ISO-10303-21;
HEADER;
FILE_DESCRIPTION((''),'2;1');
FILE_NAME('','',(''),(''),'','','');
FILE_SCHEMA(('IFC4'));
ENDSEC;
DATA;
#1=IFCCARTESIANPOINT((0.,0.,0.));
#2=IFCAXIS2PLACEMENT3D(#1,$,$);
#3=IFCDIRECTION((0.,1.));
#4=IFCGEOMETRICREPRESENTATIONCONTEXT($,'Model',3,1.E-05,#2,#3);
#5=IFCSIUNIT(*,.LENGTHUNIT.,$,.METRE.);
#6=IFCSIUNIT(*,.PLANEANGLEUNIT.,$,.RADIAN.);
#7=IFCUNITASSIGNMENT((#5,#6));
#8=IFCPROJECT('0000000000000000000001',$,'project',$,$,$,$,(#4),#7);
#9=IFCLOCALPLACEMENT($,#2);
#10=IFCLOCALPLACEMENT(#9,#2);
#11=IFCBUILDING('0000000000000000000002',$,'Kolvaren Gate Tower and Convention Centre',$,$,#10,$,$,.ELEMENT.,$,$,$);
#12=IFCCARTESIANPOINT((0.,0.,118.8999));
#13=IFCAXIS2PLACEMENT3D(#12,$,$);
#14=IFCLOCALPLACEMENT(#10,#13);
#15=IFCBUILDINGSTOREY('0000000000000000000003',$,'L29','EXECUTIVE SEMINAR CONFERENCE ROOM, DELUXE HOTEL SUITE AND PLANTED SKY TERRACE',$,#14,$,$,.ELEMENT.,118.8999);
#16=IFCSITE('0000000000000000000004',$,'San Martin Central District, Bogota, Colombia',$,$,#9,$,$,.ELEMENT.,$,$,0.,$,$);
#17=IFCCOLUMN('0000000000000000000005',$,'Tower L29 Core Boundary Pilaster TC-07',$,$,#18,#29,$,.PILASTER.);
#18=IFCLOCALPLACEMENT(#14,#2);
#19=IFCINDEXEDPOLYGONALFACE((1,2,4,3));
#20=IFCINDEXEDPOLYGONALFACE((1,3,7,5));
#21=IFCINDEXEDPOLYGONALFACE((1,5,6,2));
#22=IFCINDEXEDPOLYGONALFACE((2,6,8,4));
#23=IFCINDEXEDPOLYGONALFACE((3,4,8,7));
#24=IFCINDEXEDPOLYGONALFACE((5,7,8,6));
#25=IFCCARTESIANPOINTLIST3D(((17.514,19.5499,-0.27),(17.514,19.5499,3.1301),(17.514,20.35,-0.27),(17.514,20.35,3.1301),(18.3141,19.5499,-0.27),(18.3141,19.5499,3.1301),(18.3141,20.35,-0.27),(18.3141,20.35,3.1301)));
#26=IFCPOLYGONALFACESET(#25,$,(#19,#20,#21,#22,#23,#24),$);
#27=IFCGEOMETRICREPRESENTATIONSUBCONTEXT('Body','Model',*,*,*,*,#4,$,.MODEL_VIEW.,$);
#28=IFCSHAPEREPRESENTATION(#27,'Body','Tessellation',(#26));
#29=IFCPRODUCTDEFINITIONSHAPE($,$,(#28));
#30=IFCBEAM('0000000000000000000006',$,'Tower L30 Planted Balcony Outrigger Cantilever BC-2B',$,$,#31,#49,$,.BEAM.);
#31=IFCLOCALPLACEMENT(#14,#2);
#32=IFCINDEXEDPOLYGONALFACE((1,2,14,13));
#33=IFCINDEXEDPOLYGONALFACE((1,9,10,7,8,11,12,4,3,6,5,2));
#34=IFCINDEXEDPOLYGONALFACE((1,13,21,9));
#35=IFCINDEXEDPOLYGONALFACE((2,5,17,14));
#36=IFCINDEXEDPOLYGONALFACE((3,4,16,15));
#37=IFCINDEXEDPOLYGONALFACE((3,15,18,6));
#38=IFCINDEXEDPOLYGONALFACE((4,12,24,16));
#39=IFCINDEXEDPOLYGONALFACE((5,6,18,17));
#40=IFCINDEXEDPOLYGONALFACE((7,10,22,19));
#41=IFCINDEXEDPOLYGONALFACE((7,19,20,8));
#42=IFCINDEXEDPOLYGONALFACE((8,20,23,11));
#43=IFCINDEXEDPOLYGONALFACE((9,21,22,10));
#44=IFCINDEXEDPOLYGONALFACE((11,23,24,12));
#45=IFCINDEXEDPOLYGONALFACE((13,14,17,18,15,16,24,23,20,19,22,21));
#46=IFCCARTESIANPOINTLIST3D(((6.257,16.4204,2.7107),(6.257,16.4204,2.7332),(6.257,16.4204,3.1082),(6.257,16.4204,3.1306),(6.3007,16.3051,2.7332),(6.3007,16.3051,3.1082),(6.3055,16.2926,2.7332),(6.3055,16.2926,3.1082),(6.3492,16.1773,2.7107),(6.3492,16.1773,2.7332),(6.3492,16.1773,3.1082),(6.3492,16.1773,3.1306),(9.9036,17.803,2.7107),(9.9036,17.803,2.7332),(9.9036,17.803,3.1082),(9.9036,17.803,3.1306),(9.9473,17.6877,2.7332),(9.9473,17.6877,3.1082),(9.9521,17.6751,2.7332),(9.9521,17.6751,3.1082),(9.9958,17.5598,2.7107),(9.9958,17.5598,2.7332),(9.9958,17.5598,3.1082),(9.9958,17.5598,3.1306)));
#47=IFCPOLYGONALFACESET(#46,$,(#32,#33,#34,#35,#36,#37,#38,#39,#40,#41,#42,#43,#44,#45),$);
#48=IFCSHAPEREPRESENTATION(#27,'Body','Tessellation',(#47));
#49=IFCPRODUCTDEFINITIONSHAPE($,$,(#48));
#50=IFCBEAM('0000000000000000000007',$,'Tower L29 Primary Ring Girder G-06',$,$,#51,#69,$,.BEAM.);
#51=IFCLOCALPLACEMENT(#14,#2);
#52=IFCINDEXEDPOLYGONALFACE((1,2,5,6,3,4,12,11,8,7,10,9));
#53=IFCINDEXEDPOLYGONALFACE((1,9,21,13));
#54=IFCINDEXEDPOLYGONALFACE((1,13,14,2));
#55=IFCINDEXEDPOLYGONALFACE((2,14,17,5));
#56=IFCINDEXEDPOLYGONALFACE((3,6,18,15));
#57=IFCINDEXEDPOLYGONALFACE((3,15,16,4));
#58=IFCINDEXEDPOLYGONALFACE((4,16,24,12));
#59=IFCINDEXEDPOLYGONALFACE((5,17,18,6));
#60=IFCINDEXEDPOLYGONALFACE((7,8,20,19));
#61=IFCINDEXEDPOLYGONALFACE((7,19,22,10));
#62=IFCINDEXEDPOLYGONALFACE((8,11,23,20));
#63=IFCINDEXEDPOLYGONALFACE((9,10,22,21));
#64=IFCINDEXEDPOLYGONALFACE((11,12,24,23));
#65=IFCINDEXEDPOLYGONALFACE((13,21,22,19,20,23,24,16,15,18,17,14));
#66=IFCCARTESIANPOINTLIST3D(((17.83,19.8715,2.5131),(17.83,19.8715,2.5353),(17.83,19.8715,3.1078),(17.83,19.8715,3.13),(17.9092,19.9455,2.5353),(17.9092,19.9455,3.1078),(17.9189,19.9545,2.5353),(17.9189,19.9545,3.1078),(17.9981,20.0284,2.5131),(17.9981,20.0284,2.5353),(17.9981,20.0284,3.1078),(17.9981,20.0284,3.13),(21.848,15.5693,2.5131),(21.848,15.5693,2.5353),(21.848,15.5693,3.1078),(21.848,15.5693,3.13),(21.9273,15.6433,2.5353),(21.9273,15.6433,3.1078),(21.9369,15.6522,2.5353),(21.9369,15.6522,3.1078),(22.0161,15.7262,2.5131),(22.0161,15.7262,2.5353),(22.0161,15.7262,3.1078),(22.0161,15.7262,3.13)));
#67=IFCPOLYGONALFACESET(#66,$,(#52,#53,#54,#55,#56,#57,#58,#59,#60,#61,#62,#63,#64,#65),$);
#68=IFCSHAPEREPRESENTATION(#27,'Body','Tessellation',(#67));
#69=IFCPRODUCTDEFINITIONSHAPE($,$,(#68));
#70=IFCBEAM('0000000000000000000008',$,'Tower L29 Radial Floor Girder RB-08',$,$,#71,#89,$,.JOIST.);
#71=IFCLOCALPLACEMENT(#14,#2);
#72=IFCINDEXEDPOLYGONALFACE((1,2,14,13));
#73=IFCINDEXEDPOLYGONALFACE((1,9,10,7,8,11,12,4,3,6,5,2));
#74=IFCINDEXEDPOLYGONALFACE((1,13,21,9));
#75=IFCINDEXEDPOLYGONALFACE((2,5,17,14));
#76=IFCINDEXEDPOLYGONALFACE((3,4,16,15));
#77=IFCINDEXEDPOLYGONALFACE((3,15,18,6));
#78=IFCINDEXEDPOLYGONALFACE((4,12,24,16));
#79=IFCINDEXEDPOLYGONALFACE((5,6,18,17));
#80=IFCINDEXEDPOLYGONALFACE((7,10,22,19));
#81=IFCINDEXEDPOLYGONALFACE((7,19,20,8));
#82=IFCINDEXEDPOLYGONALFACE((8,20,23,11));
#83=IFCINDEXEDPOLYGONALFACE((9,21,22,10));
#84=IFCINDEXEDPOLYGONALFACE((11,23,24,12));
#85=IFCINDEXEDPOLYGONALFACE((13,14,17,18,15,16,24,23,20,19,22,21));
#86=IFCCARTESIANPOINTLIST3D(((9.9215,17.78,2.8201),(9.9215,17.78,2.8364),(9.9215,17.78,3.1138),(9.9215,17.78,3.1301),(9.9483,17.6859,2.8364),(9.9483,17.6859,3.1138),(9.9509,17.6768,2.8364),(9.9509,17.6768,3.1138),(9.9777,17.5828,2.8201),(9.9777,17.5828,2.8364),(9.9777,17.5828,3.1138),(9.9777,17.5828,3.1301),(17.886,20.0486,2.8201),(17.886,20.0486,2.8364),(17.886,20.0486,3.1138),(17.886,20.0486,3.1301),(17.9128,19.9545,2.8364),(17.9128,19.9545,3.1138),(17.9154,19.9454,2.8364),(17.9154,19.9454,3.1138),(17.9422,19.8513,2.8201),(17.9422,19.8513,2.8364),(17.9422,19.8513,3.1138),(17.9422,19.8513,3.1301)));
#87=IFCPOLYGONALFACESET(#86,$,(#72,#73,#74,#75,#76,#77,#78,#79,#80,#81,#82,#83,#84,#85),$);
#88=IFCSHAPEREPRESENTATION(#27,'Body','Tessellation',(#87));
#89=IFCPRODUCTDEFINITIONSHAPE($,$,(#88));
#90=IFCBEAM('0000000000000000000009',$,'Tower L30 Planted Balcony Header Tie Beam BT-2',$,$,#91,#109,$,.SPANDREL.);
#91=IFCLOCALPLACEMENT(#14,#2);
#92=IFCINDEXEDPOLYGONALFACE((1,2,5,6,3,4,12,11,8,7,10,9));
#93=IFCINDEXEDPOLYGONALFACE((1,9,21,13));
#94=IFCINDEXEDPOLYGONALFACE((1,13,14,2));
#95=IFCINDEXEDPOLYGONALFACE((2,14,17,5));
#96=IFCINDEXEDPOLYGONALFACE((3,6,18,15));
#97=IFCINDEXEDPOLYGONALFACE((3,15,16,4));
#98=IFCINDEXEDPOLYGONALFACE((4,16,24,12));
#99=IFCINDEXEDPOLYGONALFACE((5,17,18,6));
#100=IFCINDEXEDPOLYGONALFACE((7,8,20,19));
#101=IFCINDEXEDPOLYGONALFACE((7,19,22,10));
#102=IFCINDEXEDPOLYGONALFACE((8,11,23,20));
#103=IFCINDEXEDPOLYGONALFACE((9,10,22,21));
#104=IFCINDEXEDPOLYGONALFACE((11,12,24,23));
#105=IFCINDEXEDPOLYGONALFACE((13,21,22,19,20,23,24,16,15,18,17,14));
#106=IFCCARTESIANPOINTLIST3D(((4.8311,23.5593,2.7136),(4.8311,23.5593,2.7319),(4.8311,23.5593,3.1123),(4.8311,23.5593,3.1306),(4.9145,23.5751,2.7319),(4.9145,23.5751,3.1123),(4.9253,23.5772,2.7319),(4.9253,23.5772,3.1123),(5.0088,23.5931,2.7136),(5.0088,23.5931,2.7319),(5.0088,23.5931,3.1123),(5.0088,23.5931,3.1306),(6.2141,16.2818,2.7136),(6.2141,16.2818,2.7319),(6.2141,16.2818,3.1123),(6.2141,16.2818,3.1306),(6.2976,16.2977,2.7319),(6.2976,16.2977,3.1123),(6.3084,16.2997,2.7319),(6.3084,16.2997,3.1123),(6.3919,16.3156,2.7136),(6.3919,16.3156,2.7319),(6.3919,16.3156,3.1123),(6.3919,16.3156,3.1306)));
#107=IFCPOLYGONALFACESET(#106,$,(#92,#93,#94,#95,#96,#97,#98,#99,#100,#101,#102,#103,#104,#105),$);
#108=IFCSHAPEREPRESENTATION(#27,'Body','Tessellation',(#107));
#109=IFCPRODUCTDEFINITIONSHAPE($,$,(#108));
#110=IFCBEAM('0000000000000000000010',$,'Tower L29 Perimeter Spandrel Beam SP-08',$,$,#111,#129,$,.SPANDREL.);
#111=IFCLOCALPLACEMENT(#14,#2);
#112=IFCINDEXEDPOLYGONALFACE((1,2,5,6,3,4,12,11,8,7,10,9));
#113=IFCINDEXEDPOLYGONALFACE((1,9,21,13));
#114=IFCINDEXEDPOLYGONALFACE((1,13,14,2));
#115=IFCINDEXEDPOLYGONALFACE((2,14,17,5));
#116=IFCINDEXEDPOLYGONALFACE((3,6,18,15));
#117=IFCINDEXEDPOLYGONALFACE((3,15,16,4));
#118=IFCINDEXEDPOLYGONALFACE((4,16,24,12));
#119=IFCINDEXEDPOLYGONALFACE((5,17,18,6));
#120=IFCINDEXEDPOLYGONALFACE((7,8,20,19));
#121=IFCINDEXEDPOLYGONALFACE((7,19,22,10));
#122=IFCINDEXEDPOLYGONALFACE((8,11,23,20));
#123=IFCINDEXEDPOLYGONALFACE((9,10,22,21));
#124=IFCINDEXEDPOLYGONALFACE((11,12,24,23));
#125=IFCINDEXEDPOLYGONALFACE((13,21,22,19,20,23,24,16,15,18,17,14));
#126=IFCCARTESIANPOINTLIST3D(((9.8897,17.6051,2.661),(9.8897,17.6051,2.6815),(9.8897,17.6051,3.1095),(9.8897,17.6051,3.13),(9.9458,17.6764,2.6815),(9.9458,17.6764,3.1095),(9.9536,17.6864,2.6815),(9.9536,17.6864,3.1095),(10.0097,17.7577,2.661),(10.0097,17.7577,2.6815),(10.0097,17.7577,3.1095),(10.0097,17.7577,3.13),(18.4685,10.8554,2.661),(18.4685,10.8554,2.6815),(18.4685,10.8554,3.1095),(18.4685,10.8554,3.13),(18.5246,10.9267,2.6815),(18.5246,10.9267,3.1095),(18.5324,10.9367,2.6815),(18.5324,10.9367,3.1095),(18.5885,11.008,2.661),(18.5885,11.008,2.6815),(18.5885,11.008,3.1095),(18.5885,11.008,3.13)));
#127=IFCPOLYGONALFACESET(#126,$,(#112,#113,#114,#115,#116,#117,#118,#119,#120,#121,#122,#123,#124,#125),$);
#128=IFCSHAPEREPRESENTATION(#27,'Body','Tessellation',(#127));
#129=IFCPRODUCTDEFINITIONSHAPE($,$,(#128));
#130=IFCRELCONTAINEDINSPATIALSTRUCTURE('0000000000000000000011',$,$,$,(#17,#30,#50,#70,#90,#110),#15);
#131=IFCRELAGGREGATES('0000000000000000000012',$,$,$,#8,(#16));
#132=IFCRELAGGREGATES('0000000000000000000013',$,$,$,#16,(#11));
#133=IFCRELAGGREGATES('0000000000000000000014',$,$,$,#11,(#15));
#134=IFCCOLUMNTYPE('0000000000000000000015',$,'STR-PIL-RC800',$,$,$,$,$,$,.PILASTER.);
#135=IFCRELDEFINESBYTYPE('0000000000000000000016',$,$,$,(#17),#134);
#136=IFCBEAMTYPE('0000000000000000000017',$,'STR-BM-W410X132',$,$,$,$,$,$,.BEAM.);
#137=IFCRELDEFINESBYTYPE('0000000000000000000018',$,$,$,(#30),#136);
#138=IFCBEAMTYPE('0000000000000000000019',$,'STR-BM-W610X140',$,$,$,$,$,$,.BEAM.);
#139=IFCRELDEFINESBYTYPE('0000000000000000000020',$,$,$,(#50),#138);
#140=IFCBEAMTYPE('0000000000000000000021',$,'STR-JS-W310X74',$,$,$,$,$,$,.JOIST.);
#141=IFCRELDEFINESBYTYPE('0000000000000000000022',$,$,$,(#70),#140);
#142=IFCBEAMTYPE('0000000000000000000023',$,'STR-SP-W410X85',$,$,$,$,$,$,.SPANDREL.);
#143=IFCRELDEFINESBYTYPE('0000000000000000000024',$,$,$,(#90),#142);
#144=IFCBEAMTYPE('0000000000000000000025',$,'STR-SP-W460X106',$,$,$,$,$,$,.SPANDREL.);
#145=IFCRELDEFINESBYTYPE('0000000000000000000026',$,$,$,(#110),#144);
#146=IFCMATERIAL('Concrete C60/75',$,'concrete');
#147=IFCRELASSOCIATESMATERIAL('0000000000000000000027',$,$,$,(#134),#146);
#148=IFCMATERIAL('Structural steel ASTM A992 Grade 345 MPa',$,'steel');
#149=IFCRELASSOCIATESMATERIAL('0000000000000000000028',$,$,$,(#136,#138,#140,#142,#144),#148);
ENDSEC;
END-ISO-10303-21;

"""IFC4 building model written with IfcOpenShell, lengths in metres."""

from ifc_helpers import new_model, si_unit, direction, frame, origin, origin_2d, place, context, subcontext, project, spatial, rectangle, i_section, extrude, material, material_profile, profile_set, type_object, element, save


model = new_model("IFC4")

# Units and contexts
model_context = context("Model", 3, precision=1e-05, world=origin(), true_north=direction((0.0, 1.0)))
body_context = subcontext(model_context, "Body", "Model", "MODEL_VIEW")
ifc_project = project(units=[si_unit("LENGTHUNIT", "METRE"), si_unit("PLANEANGLEUNIT", "RADIAN")], contexts=[model_context])

# Site, building, storey
site_placement = place(None, origin())
site = spatial("IfcSite", under=ifc_project, at=site_placement, Name="San Martin Central District, Bogota, Colombia", CompositionType="ELEMENT", RefElevation=0.0)
building_placement = place(site_placement, origin())
building = spatial("IfcBuilding", under=site, at=building_placement, Name="Kolvaren Gate Tower and Convention Centre", CompositionType="ELEMENT")
storey_placement = place(building_placement, frame((0.0, 0.0, 118.8999)))
storey = spatial("IfcBuildingStorey", under=building, at=storey_placement, Name="L29", Description="EXECUTIVE SEMINAR CONFERENCE ROOM, DELUXE HOTEL SUITE AND PLANTED SKY TERRACE", CompositionType="ELEMENT", Elevation=118.8999)

# Column
ifc_material_1 = material(Name="Concrete C60/75", Category="concrete")
ifc_material_profile_1 = material_profile(ifc_material_1, rectangle(XDim=0.8, YDim=0.8, at=origin_2d()), Name="RC-COL-800X800")
ifc_profile_set_1 = profile_set([ifc_material_profile_1], Name="Concrete C60/75")
column_type = type_object("IfcColumnType", Name="STR-PIL-RC800", PredefinedType="PILASTER", material=ifc_profile_set_1)
column_placement = place(storey_placement, frame((17.9141, 19.95, -0.27), z_axis=(0.0, 0.0, 1.0), x_axis=(1.0, 0.0, 0.0)))
element("IfcColumn", 1, at=column_placement, inside=storey, type_object=column_type, Name="Tower L29 Core Boundary Pilaster TC-07", PredefinedType="PILASTER", context=body_context, shape_type="SweptSolid", body=[
    extrude(rectangle(XDim=0.8, YDim=0.8, at=origin_2d()), origin(), (0.0, 0.0, 1.0), 3.4001),
])

# Beams
ifc_material_2 = material(Name="Structural steel ASTM A992 Grade 345 MPa", Category="steel")
ifc_material_profile_2 = material_profile(ifc_material_2, i_section(OverallWidth=0.26, OverallDepth=0.4199, WebThickness=0.0134, FlangeThickness=0.0225, at=origin_2d()), Name="W410X132")
ifc_profile_set_2 = profile_set([ifc_material_profile_2], Name="Structural steel ASTM A992 Grade 345 MPa")
beam_type_1 = type_object("IfcBeamType", Name="STR-BM-W410X132", PredefinedType="BEAM", material=ifc_profile_set_2)
beam_1_placement = place(storey_placement, frame((9.9497, 17.6814, 2.9207), z_axis=(-0.935055, -0.354503, 0.0), x_axis=(0.354503, -0.935055, 0.0)))
element("IfcBeam", 2, at=beam_1_placement, inside=storey, type_object=beam_type_1, Name="Tower L30 Planted Balcony Outrigger Cantilever BC-2B", PredefinedType="BEAM", context=body_context, shape_type="SweptSolid", body=[
    extrude(i_section(OverallWidth=0.26, OverallDepth=0.4199, WebThickness=0.0134, FlangeThickness=0.0225, at=origin_2d()), origin(), (0.0, 0.0, 1.0), 3.8999),
])
ifc_material_profile_3 = material_profile(ifc_material_2, i_section(OverallWidth=0.23, OverallDepth=0.6169, WebThickness=0.0132, FlangeThickness=0.0222, at=origin_2d()), Name="W610X140")
ifc_profile_set_3 = profile_set([ifc_material_profile_3], Name="Structural steel ASTM A992 Grade 345 MPa")
beam_type_2 = type_object("IfcBeamType", Name="STR-BM-W610X140", PredefinedType="BEAM", material=ifc_profile_set_3)
beam_2_placement = place(storey_placement, frame((17.9141, 19.95, 2.8215), z_axis=(0.682558, -0.730832, 0.0), x_axis=(0.730832, 0.682558, 0.0)))
element("IfcBeam", 3, at=beam_2_placement, inside=storey, type_object=beam_type_2, Name="Tower L29 Primary Ring Girder G-06", PredefinedType="BEAM", context=body_context, shape_type="SweptSolid", body=[
    extrude(i_section(OverallWidth=0.23, OverallDepth=0.6169, WebThickness=0.0132, FlangeThickness=0.0222, at=origin_2d()), origin(), (0.0, 0.0, 1.0), 5.8867),
])
ifc_material_profile_4 = material_profile(ifc_material_2, i_section(OverallWidth=0.2051, OverallDepth=0.3101, WebThickness=0.0095, FlangeThickness=0.0164, at=origin_2d()), Name="W310X74")
ifc_profile_set_4 = profile_set([ifc_material_profile_4], Name="Structural steel ASTM A992 Grade 345 MPa")
beam_type_3 = type_object("IfcBeamType", Name="STR-JS-W310X74", PredefinedType="JOIST", material=ifc_profile_set_4)
beam_3_placement = place(storey_placement, frame((17.9141, 19.95, 2.9751), z_axis=(-0.961746, -0.273942, 0.0), x_axis=(0.273942, -0.961746, 0.0)))
element("IfcBeam", 4, at=beam_3_placement, inside=storey, type_object=beam_type_3, Name="Tower L29 Radial Floor Girder RB-08", PredefinedType="JOIST", context=body_context, shape_type="SweptSolid", body=[
    extrude(i_section(OverallWidth=0.2051, OverallDepth=0.3101, WebThickness=0.0095, FlangeThickness=0.0164, at=origin_2d()), origin(), (0.0, 0.0, 1.0), 8.2812),
])
ifc_material_profile_5 = material_profile(ifc_material_2, i_section(OverallWidth=0.1809, OverallDepth=0.417, WebThickness=0.011, FlangeThickness=0.0183, at=origin_2d()), Name="W410X85")
ifc_profile_set_5 = profile_set([ifc_material_profile_5], Name="Structural steel ASTM A992 Grade 345 MPa")
beam_type_4 = type_object("IfcBeamType", Name="STR-SP-W410X85", PredefinedType="SPANDREL", material=ifc_profile_set_5)
beam_4_placement = place(storey_placement, frame((4.9199, 23.5762, 2.9221), z_axis=(0.186708, -0.982416, 0.0), x_axis=(0.982416, 0.186708, 0.0)))
element("IfcBeam", 5, at=beam_4_placement, inside=storey, type_object=beam_type_4, Name="Tower L30 Planted Balcony Header Tie Beam BT-2", PredefinedType="SPANDREL", context=body_context, shape_type="SweptSolid", body=[
    extrude(i_section(OverallWidth=0.1809, OverallDepth=0.417, WebThickness=0.011, FlangeThickness=0.0183, at=origin_2d()), origin(), (0.0, 0.0, 1.0), 7.4077),
])
ifc_material_profile_6 = material_profile(ifc_material_2, i_section(OverallWidth=0.1941, OverallDepth=0.469, WebThickness=0.0127, FlangeThickness=0.0205, at=origin_2d()), Name="W460X106")
ifc_profile_set_6 = profile_set([ifc_material_profile_6], Name="Structural steel ASTM A992 Grade 345 MPa")
beam_type_5 = type_object("IfcBeamType", Name="STR-SP-W460X106", PredefinedType="SPANDREL", material=ifc_profile_set_6)
beam_5_placement = place(storey_placement, frame((9.9497, 17.6814, 2.8955), z_axis=(0.785908, -0.618344, 0.0), x_axis=(0.618344, 0.785908, 0.0)))
element("IfcBeam", 6, at=beam_5_placement, inside=storey, type_object=beam_type_5, Name="Tower L29 Perimeter Spandrel Beam SP-08", PredefinedType="SPANDREL", context=body_context, shape_type="SweptSolid", body=[
    extrude(i_section(OverallWidth=0.1941, OverallDepth=0.469, WebThickness=0.0127, FlangeThickness=0.0205, at=origin_2d()), origin(), (0.0, 0.0, 1.0), 10.9158),
])

save(model, "model.ifc")
